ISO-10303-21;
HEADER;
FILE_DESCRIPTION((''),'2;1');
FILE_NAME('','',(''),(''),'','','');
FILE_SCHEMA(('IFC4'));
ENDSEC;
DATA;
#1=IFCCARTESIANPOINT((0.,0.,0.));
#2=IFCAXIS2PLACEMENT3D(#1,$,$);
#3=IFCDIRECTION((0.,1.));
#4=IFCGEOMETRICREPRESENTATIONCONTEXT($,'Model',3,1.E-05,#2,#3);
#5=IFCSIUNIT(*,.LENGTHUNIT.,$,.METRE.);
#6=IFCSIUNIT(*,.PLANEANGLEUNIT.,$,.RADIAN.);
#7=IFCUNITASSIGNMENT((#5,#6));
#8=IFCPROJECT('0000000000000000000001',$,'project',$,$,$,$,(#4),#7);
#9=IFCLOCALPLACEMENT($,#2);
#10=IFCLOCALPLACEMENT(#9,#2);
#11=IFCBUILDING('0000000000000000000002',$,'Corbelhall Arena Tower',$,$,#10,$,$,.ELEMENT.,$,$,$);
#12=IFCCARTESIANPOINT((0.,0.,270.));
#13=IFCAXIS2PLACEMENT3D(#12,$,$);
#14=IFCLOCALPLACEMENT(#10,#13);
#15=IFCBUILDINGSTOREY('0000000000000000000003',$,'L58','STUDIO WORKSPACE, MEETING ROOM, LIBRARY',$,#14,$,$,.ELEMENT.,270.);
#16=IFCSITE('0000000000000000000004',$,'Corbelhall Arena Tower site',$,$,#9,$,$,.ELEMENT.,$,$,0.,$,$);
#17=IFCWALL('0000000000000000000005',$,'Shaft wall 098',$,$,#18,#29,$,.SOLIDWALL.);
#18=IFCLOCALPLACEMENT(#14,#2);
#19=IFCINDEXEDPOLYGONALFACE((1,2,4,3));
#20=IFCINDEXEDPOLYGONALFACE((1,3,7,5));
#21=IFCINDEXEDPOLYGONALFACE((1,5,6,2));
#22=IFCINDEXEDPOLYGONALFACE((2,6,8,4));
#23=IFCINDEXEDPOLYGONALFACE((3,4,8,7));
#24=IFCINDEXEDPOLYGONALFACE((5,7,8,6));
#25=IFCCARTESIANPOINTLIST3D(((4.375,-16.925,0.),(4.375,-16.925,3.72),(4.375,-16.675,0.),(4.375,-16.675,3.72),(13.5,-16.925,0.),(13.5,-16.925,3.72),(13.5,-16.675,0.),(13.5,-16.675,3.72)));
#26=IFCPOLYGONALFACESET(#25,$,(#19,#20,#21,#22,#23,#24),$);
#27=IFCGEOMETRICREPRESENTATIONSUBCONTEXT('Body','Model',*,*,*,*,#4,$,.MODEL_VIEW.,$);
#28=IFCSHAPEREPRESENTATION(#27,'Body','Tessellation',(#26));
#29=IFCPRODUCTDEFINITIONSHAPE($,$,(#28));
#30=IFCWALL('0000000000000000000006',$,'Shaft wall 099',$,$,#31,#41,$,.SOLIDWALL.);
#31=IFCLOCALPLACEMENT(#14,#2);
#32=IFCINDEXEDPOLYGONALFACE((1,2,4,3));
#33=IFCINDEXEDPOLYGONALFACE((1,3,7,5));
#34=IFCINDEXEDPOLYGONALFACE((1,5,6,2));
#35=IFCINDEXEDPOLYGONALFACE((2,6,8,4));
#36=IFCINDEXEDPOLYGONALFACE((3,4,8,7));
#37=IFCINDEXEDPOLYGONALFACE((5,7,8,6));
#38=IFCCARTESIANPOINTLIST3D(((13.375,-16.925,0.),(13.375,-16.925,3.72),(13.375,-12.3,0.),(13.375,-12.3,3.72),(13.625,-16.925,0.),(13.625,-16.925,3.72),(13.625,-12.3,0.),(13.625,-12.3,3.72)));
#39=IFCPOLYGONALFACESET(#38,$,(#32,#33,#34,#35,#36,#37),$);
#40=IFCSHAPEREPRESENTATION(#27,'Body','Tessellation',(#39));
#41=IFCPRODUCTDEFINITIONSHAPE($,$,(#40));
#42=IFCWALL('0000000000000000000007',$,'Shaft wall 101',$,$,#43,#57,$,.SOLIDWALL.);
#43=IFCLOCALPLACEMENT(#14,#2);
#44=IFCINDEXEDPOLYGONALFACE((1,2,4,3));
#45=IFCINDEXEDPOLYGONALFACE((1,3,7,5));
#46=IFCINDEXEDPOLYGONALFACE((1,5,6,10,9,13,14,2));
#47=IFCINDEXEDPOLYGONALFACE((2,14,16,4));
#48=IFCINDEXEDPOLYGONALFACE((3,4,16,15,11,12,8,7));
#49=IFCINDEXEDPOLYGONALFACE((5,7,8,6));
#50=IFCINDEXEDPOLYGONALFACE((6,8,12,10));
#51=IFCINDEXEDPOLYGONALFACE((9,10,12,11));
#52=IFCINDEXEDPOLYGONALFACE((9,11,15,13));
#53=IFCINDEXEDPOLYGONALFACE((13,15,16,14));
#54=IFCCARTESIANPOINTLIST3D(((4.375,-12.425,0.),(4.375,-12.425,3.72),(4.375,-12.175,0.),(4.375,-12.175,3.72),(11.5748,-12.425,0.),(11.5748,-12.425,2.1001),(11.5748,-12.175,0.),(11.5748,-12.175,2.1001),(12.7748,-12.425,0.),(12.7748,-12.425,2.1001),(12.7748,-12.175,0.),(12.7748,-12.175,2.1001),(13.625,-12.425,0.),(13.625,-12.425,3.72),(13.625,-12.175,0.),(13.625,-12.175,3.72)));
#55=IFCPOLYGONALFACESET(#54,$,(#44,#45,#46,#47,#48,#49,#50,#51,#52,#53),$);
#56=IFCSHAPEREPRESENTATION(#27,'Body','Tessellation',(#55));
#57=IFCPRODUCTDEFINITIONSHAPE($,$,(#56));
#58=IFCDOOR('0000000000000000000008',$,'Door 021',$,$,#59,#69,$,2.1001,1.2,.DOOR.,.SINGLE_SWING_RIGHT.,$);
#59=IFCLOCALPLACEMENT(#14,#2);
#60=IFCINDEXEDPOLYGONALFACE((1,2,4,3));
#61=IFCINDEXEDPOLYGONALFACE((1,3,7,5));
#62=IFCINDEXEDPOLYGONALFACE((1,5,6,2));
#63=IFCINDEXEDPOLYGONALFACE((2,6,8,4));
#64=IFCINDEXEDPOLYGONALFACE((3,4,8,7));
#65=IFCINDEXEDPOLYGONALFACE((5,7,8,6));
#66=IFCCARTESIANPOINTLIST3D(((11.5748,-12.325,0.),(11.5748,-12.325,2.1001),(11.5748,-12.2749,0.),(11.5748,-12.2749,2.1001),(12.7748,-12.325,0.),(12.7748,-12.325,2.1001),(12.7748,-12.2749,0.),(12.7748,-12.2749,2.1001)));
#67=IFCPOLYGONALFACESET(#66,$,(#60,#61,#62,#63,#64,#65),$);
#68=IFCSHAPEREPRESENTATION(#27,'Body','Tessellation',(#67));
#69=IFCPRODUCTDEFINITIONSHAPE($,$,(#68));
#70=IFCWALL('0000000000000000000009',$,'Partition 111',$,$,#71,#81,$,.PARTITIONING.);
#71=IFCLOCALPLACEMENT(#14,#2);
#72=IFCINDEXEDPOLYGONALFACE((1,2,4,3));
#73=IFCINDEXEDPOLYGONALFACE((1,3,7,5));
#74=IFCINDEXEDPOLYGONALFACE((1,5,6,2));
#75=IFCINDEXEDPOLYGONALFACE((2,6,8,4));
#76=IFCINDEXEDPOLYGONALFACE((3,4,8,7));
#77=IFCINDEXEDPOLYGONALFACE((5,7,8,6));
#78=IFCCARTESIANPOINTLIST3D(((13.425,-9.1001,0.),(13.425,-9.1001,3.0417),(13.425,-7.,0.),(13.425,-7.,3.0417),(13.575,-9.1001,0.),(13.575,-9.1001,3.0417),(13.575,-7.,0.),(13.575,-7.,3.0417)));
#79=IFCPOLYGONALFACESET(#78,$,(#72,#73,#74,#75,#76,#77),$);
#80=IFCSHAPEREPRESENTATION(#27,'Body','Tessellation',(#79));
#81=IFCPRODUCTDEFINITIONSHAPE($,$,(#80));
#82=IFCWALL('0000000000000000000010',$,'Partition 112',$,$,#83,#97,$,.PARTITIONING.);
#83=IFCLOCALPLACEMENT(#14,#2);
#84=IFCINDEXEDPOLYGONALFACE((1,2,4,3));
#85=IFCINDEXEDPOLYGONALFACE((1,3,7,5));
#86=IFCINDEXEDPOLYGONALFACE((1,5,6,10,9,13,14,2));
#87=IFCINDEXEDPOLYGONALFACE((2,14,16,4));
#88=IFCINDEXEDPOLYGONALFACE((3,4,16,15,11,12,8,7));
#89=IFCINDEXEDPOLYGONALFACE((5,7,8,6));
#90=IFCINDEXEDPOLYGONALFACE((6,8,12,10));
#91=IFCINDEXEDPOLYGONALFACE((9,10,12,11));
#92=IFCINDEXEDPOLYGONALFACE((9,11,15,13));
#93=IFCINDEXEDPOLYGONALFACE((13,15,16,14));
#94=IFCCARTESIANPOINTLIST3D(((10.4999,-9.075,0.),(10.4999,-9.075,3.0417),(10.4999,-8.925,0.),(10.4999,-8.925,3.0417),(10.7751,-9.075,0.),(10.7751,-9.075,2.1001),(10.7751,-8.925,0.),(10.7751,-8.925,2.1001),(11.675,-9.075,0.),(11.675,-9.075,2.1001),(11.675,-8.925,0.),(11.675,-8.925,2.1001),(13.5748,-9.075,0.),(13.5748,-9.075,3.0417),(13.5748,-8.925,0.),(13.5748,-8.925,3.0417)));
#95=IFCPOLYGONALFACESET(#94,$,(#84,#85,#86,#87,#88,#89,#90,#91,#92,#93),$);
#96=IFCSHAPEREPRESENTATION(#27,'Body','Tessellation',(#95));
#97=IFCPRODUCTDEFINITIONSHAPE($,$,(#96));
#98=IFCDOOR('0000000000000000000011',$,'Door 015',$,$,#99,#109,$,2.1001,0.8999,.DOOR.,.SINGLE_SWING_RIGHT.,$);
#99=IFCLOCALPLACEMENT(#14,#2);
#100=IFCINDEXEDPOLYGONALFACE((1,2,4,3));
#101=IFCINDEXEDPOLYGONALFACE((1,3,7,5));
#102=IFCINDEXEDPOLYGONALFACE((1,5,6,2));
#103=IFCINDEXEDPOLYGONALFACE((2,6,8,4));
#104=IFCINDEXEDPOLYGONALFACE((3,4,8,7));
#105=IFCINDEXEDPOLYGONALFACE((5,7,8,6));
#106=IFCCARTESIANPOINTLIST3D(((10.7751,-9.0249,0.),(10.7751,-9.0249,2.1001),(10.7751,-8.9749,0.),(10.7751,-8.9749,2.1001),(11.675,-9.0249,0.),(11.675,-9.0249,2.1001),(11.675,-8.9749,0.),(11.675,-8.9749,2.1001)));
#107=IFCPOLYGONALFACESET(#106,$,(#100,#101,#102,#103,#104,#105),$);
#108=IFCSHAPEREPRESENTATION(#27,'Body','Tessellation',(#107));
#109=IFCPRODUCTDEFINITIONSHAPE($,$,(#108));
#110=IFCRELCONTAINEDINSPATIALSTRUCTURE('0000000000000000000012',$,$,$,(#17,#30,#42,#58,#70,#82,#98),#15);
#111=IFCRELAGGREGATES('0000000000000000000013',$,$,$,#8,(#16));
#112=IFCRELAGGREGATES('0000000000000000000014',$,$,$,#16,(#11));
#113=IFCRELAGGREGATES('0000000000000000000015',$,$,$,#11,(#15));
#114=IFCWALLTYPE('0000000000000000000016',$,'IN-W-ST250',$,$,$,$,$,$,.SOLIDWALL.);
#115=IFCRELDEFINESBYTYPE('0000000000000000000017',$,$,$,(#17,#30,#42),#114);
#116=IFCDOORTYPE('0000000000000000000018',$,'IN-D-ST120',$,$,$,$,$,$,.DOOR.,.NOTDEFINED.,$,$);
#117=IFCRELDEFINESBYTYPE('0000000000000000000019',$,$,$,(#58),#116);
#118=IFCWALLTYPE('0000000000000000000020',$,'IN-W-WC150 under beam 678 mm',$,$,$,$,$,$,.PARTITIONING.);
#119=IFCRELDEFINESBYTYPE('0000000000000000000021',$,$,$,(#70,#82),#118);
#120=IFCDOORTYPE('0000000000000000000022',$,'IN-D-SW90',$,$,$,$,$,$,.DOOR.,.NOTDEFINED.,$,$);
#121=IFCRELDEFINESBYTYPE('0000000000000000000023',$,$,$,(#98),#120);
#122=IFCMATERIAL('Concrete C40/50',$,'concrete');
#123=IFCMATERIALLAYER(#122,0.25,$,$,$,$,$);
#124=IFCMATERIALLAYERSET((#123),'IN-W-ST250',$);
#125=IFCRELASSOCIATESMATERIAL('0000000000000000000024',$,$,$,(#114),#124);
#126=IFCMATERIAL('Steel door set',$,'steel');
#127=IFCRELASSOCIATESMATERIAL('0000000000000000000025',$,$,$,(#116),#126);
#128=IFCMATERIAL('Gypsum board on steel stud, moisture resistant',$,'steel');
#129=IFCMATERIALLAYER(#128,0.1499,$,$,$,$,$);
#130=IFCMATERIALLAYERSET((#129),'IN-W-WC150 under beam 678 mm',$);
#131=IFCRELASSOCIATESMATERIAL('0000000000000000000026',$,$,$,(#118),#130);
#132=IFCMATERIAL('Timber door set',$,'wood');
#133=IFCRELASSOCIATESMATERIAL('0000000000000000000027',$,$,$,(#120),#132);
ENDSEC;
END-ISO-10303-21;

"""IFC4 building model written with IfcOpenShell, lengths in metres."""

from ifc_helpers import new_model, si_unit, direction, frame, frame_2d, origin, place, context, subcontext, project, spatial, rectangle, extrude, material, layer, layer_set, type_object, element, fill, save


model = new_model("IFC4")

# Units and contexts
model_context = context("Model", 3, precision=1e-05, world=origin(), true_north=direction((0.0, 1.0)))
body_context = subcontext(model_context, "Body", "Model", "MODEL_VIEW")
ifc_project = project(units=[si_unit("LENGTHUNIT", "METRE"), si_unit("PLANEANGLEUNIT", "RADIAN")], contexts=[model_context])

# Site, building, storey
site_placement = place(None, origin())
site = spatial("IfcSite", under=ifc_project, at=site_placement, Name="Corbelhall Arena Tower site", CompositionType="ELEMENT", RefElevation=0.0)
building_placement = place(site_placement, origin())
building = spatial("IfcBuilding", under=site, at=building_placement, Name="Corbelhall Arena Tower", CompositionType="ELEMENT")
storey_placement = place(building_placement, frame((0.0, 0.0, 270.0)))
storey = spatial("IfcBuildingStorey", under=building, at=storey_placement, Name="L58", Description="STUDIO WORKSPACE, MEETING ROOM, LIBRARY", CompositionType="ELEMENT", Elevation=270.0)

# Shared definitions
ifc_material_1 = material(Name="Steel door set", Category="steel")

# Walls
ifc_material_2 = material(Name="Concrete C40/50", Category="concrete")
ifc_layer_1 = layer(ifc_material_2, 0.25)
ifc_layer_set_1 = layer_set([ifc_layer_1], Name="IN-W-ST250")
wall_type_1 = type_object("IfcWallType", Name="IN-W-ST250", PredefinedType="SOLIDWALL", material=ifc_layer_set_1)
wall_1_placement = place(storey_placement, frame((13.5, -16.8, 0.0), z_axis=(0.0, 0.0, 1.0), x_axis=(-1.0, 0.0, 0.0)))
element("IfcWall", 1, at=wall_1_placement, inside=storey, type_object=wall_type_1, Name="Shaft wall 098", PredefinedType="SOLIDWALL", context=body_context, shape_type="SweptSolid", body=[
    extrude(rectangle(XDim=9.125, YDim=0.25, at=frame_2d((4.5625, 0.0))), origin(), (0.0, 0.0, 1.0), 3.72),
])
wall_2_placement = place(storey_placement, frame((13.5, -12.3, 0.0), z_axis=(0.0, 0.0, 1.0), x_axis=(0.0, -1.0, 0.0)))
element("IfcWall", 2, at=wall_2_placement, inside=storey, type_object=wall_type_1, Name="Shaft wall 099", PredefinedType="SOLIDWALL", context=body_context, shape_type="SweptSolid", body=[
    extrude(rectangle(XDim=4.625, YDim=0.25, at=frame_2d((2.3125, 0.0))), origin(), (0.0, 0.0, 1.0), 3.72),
])

# Wall, opening, door
wall_3_placement = place(storey_placement, frame((13.625, -12.3, 0.0), z_axis=(0.0, 0.0, 1.0), x_axis=(-1.0, 0.0, 0.0)))
wall_3 = element("IfcWall", 3, at=wall_3_placement, inside=storey, type_object=wall_type_1, Name="Shaft wall 101", PredefinedType="SOLIDWALL", context=body_context, shape_type="SweptSolid", body=[
    extrude(rectangle(XDim=9.25, YDim=0.25, at=frame_2d((4.625, 0.0))), origin(), (0.0, 0.0, 1.0), 3.72),
])
opening_1_placement = place(wall_3_placement, frame((0.8501, 0.0, 0.0)))
opening_1 = element("IfcOpeningElement", 4, at=opening_1_placement, cuts=wall_3, PredefinedType="OPENING", context=body_context, shape_type="SweptSolid", body=[
    extrude(rectangle(XDim=1.2, YDim=2.1001, at=frame_2d((0.6001, 1.05))), frame((0.0, 0.125, 0.0), z_axis=(0.0, -1.0, 0.0), x_axis=(1.0, 0.0, 0.0)), (0.0, 0.0, 1.0), 0.25),
])
door_type_1 = type_object("IfcDoorType", Name="IN-D-ST120", OperationType="NOTDEFINED", PredefinedType="DOOR", material=ifc_material_1)
door_1_placement = place(opening_1_placement, origin())
door_1 = element("IfcDoor", 5, at=door_1_placement, inside=storey, type_object=door_type_1, Name="Door 021", OperationType="SINGLE_SWING_RIGHT", OverallHeight=2.1001, OverallWidth=1.2, PredefinedType="DOOR", context=body_context, shape_type="SweptSolid", body=[
    extrude(rectangle(XDim=1.2, YDim=2.1001, at=frame_2d((0.6001, 1.05))), frame((0.0, 0.0249, 0.0), z_axis=(0.0, -1.0, 0.0), x_axis=(1.0, 0.0, 0.0)), (0.0, 0.0, 1.0), 0.05),
])
fill(opening_1, door_1)

# Wall
ifc_material_3 = material(Name="Gypsum board on steel stud, moisture resistant", Category="steel")
ifc_layer_2 = layer(ifc_material_3, 0.1499)
ifc_layer_set_2 = layer_set([ifc_layer_2], Name="IN-W-WC150 under beam 678 mm")
wall_type_2 = type_object("IfcWallType", Name="IN-W-WC150 under beam 678 mm", PredefinedType="PARTITIONING", material=ifc_layer_set_2)
wall_4_placement = place(storey_placement, frame((13.5, -7.0, 0.0), z_axis=(0.0, 0.0, 1.0), x_axis=(0.0, -1.0, 0.0)))
element("IfcWall", 6, at=wall_4_placement, inside=storey, type_object=wall_type_2, Name="Partition 111", PredefinedType="PARTITIONING", context=body_context, shape_type="SweptSolid", body=[
    extrude(rectangle(XDim=2.1001, YDim=0.1499, at=frame_2d((1.05, 0.0))), origin(), (0.0, 0.0, 1.0), 3.0417),
])

# Wall, opening, door
wall_5_placement = place(storey_placement, frame((13.575, -9.0, 0.0), z_axis=(0.0, 0.0, 1.0), x_axis=(-1.0, 0.0, 0.0)))
wall_5 = element("IfcWall", 7, at=wall_5_placement, inside=storey, type_object=wall_type_2, Name="Partition 112", PredefinedType="PARTITIONING", context=body_context, shape_type="SweptSolid", body=[
    extrude(rectangle(XDim=3.075, YDim=0.1499, at=frame_2d((1.5376, 0.0))), origin(), (0.0, 0.0, 1.0), 3.0417),
])
opening_2_placement = place(wall_5_placement, frame((1.8999, 0.0, 0.0)))
opening_2 = element("IfcOpeningElement", 8, at=opening_2_placement, cuts=wall_5, PredefinedType="OPENING", context=body_context, shape_type="SweptSolid", body=[
    extrude(rectangle(XDim=0.8999, YDim=2.1001, at=frame_2d((0.45, 1.05))), frame((0.0, 0.075, 0.0), z_axis=(0.0, -1.0, 0.0), x_axis=(1.0, 0.0, 0.0)), (0.0, 0.0, 1.0), 0.1499),
])
ifc_material_4 = material(Name="Timber door set", Category="wood")
door_type_2 = type_object("IfcDoorType", Name="IN-D-SW90", OperationType="NOTDEFINED", PredefinedType="DOOR", material=ifc_material_4)
door_2_placement = place(opening_2_placement, origin())
door_2 = element("IfcDoor", 9, at=door_2_placement, inside=storey, type_object=door_type_2, Name="Door 015", OperationType="SINGLE_SWING_RIGHT", OverallHeight=2.1001, OverallWidth=0.8999, PredefinedType="DOOR", context=body_context, shape_type="SweptSolid", body=[
    extrude(rectangle(XDim=0.8999, YDim=2.1001, at=frame_2d((0.45, 1.05))), frame((0.0, 0.0249, 0.0), z_axis=(0.0, -1.0, 0.0), x_axis=(1.0, 0.0, 0.0)), (0.0, 0.0, 1.0), 0.05),
])
fill(opening_2, door_2)

save(model, "model.ifc")
